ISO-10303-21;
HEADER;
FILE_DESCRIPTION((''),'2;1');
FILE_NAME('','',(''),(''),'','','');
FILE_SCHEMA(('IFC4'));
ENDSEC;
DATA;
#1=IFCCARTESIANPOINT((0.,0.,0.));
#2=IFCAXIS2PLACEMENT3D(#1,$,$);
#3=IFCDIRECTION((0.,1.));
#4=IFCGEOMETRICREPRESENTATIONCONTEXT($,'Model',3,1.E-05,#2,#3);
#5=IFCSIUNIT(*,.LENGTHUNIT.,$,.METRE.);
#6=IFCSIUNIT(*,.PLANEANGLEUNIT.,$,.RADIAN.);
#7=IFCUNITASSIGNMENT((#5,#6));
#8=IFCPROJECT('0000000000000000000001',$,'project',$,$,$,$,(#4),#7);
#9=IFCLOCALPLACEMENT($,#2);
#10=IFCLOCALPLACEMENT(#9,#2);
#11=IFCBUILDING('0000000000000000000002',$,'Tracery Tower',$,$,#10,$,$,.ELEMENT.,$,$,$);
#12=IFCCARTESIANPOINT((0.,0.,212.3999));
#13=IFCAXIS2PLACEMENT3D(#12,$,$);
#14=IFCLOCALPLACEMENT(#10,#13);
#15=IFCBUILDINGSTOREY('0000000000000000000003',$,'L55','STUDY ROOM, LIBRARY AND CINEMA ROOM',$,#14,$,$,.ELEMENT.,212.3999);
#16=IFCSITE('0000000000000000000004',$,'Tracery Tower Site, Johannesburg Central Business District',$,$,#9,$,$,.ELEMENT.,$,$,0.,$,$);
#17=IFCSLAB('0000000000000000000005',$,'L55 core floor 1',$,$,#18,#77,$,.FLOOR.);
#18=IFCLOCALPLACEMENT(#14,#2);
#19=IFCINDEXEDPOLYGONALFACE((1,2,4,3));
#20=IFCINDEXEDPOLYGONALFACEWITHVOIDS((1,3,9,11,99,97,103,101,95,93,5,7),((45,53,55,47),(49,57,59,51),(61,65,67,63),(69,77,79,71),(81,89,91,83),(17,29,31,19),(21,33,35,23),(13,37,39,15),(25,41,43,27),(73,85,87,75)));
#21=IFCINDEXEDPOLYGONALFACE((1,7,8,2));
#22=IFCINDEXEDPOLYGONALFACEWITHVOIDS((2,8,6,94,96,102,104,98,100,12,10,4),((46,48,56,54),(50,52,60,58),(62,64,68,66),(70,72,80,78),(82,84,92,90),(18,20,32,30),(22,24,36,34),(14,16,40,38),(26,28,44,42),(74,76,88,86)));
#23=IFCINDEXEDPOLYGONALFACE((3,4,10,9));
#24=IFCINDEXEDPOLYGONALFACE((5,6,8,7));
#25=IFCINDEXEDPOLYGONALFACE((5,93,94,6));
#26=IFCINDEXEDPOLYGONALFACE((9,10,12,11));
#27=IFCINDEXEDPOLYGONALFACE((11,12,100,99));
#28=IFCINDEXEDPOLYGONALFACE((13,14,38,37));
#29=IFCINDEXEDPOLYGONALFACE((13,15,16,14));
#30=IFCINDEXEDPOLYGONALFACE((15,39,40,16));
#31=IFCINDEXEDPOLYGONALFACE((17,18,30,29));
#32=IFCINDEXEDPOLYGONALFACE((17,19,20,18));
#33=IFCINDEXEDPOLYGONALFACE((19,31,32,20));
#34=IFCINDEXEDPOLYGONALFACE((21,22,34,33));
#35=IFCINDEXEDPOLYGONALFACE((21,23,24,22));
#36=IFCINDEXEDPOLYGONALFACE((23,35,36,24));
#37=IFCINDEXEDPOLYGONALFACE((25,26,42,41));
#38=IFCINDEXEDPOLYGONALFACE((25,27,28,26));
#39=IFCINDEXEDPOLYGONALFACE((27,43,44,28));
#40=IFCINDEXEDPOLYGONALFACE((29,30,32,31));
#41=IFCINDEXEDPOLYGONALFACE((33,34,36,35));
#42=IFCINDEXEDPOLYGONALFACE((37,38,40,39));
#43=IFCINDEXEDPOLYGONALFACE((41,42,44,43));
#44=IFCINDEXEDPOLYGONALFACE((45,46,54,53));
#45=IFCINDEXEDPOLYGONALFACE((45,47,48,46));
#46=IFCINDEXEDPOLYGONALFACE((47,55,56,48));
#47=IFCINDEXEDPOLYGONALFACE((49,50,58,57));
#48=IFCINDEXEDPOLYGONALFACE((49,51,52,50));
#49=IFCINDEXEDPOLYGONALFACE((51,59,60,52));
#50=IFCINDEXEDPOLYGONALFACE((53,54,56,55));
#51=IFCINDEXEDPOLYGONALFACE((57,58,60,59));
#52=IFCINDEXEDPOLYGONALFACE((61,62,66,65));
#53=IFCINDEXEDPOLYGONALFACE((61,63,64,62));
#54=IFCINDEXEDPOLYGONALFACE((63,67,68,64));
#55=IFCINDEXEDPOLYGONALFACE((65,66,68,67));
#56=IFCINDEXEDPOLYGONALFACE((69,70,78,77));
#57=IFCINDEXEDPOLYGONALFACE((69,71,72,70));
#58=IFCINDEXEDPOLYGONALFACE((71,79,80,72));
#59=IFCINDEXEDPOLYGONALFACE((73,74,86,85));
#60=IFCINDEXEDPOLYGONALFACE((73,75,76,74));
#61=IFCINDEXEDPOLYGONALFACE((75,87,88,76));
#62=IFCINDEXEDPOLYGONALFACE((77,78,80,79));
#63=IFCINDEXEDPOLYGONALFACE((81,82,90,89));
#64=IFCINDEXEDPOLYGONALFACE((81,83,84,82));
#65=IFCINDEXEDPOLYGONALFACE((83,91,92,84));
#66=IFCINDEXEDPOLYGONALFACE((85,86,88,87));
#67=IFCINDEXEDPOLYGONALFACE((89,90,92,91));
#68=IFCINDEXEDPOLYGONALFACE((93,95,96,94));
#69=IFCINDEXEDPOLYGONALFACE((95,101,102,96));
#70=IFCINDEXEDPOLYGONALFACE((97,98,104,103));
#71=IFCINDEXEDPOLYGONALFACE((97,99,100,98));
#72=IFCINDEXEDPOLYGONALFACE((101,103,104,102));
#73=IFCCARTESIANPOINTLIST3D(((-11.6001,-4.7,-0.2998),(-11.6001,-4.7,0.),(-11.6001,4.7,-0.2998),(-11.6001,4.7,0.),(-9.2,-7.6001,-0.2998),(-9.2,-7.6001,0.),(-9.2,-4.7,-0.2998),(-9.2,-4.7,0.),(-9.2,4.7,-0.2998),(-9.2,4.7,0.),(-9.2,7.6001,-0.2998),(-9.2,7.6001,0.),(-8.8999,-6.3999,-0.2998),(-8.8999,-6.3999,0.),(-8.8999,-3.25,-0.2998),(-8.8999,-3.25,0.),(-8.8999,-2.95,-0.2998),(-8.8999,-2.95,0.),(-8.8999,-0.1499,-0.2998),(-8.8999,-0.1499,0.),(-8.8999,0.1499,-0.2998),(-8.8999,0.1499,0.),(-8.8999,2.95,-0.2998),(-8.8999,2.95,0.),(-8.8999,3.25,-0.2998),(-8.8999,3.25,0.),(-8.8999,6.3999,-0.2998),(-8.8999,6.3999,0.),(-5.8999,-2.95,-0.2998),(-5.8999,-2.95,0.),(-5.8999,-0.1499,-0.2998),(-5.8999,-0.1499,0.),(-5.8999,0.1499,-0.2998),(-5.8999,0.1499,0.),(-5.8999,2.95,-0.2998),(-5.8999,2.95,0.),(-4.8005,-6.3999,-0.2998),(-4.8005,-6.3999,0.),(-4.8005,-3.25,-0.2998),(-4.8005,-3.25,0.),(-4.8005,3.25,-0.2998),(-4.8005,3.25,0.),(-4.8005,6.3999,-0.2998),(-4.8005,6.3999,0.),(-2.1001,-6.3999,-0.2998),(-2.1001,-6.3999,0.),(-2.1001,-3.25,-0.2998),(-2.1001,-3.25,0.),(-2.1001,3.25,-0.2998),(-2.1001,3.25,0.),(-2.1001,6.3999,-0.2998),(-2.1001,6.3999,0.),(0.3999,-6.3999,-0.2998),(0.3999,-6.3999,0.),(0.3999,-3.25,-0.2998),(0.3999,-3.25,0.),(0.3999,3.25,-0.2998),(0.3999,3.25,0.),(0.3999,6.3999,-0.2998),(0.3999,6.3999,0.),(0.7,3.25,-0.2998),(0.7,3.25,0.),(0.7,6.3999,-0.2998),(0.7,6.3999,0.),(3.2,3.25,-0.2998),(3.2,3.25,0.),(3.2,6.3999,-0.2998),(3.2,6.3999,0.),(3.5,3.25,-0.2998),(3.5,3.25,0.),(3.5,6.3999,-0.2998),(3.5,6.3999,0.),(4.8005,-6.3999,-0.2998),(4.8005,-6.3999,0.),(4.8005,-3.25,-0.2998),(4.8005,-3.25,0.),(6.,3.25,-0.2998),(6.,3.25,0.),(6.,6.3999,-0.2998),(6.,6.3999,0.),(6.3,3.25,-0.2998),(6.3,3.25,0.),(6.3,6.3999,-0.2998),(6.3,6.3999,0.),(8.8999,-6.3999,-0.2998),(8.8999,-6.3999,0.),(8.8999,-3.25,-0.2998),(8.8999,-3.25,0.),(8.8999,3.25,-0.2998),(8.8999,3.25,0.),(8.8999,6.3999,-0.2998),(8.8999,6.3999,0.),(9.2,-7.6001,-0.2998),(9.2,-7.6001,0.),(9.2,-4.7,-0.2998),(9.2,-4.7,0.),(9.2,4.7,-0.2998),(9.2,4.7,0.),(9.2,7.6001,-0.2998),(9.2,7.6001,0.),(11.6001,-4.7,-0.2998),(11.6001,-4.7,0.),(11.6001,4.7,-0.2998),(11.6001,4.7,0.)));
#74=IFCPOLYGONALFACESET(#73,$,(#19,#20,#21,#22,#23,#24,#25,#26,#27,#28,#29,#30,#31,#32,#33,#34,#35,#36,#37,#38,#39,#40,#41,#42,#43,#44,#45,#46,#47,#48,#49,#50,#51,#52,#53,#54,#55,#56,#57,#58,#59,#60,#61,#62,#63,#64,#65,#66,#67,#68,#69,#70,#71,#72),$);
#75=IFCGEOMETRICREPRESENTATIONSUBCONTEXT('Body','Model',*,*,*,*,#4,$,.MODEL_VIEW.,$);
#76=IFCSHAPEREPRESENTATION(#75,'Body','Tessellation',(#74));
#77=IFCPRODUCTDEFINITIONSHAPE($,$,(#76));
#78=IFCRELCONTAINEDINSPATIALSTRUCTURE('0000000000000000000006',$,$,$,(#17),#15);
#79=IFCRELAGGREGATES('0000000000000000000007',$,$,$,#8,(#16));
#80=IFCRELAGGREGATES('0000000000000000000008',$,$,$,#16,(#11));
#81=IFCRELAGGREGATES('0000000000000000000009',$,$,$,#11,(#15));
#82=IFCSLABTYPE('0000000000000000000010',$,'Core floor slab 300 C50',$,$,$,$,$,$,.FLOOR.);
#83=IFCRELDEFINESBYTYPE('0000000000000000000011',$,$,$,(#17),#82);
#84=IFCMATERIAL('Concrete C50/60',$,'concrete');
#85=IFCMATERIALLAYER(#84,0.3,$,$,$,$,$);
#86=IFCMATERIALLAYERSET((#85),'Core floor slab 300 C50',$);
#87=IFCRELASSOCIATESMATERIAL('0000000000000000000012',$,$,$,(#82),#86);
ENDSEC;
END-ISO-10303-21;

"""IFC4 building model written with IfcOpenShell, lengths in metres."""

from ifc_helpers import new_model, si_unit, direction, frame, origin, place, context, subcontext, project, spatial, polyline, outline, extrude, material, layer, layer_set, type_object, element, save


model = new_model("IFC4")

# Units and contexts
model_context = context("Model", 3, precision=1e-05, world=origin(), true_north=direction((0.0, 1.0)))
body_context = subcontext(model_context, "Body", "Model", "MODEL_VIEW")
ifc_project = project(units=[si_unit("LENGTHUNIT", "METRE"), si_unit("PLANEANGLEUNIT", "RADIAN")], contexts=[model_context])

# Site, building, storey
site_placement = place(None, origin())
site = spatial("IfcSite", under=ifc_project, at=site_placement, Name="Tracery Tower Site, Johannesburg Central Business District", CompositionType="ELEMENT", RefElevation=0.0)
building_placement = place(site_placement, origin())
building = spatial("IfcBuilding", under=site, at=building_placement, Name="Tracery Tower", CompositionType="ELEMENT")
storey_placement = place(building_placement, frame((0.0, 0.0, 212.3999)))
storey = spatial("IfcBuildingStorey", under=building, at=storey_placement, Name="L55", Description="STUDY ROOM, LIBRARY AND CINEMA ROOM", CompositionType="ELEMENT", Elevation=212.3999)

# Slab
ifc_material_1 = material(Name="Concrete C50/60", Category="concrete")
ifc_layer_1 = layer(ifc_material_1, 0.3)
ifc_layer_set_1 = layer_set([ifc_layer_1], Name="Core floor slab 300 C50")
slab_type_1 = type_object("IfcSlabType", Name="Core floor slab 300 C50", PredefinedType="FLOOR", material=ifc_layer_set_1)
slab_1_placement = place(storey_placement, frame((0.0, 0.0, -0.2998)))
element("IfcSlab", 1, at=slab_1_placement, inside=storey, type_object=slab_type_1, Name="L55 core floor 1", PredefinedType="FLOOR", context=body_context, shape_type="SweptSolid", body=[
    extrude(outline(polyline([(-9.2, 7.6001), (9.2, 7.6001), (9.2, 4.7), (11.6001, 4.7), (11.6001, -4.7), (9.2, -4.7), (9.2, -7.6001), (-9.2, -7.6001), (-9.2, -4.7), (-11.6001, -4.7), (-11.6001, 4.7), (-9.2, 4.7), (-9.2, 7.6001)]), holes=[polyline([(4.8005, -6.3999), (8.8999, -6.3999), (8.8999, -3.25), (4.8005, -3.25), (4.8005, -6.3999)]), polyline([(8.8999, 3.25), (8.8999, 6.3999), (6.3, 6.3999), (6.3, 3.25), (8.8999, 3.25)]), polyline([(6.0, 3.25), (6.0, 6.3999), (3.5, 6.3999), (3.5, 3.25), (6.0, 3.25)]), polyline([(3.2, 3.25), (3.2, 6.3999), (0.7, 6.3999), (0.7, 3.25), (3.2, 3.25)]), polyline([(-2.1001, 3.25), (0.3999, 3.25), (0.3999, 6.3999), (-2.1001, 6.3999), (-2.1001, 3.25)]), polyline([(0.3999, -6.3999), (0.3999, -3.25), (-2.1001, -3.25), (-2.1001, -6.3999), (0.3999, -6.3999)]), polyline([(-4.8005, -3.25), (-8.8999, -3.25), (-8.8999, -6.3999), (-4.8005, -6.3999), (-4.8005, -3.25)]), polyline([(-4.8005, 6.3999), (-8.8999, 6.3999), (-8.8999, 3.25), (-4.8005, 3.25), (-4.8005, 6.3999)]), polyline([(-5.8999, -2.95), (-5.8999, -0.1499), (-8.8999, -0.1499), (-8.8999, -2.95), (-5.8999, -2.95)]), polyline([(-5.8999, 0.1499), (-5.8999, 2.95), (-8.8999, 2.95), (-8.8999, 0.1499), (-5.8999, 0.1499)])]), origin(), (0.0, 0.0, 1.0), 0.2998),
])

save(model, "model.ifc")
